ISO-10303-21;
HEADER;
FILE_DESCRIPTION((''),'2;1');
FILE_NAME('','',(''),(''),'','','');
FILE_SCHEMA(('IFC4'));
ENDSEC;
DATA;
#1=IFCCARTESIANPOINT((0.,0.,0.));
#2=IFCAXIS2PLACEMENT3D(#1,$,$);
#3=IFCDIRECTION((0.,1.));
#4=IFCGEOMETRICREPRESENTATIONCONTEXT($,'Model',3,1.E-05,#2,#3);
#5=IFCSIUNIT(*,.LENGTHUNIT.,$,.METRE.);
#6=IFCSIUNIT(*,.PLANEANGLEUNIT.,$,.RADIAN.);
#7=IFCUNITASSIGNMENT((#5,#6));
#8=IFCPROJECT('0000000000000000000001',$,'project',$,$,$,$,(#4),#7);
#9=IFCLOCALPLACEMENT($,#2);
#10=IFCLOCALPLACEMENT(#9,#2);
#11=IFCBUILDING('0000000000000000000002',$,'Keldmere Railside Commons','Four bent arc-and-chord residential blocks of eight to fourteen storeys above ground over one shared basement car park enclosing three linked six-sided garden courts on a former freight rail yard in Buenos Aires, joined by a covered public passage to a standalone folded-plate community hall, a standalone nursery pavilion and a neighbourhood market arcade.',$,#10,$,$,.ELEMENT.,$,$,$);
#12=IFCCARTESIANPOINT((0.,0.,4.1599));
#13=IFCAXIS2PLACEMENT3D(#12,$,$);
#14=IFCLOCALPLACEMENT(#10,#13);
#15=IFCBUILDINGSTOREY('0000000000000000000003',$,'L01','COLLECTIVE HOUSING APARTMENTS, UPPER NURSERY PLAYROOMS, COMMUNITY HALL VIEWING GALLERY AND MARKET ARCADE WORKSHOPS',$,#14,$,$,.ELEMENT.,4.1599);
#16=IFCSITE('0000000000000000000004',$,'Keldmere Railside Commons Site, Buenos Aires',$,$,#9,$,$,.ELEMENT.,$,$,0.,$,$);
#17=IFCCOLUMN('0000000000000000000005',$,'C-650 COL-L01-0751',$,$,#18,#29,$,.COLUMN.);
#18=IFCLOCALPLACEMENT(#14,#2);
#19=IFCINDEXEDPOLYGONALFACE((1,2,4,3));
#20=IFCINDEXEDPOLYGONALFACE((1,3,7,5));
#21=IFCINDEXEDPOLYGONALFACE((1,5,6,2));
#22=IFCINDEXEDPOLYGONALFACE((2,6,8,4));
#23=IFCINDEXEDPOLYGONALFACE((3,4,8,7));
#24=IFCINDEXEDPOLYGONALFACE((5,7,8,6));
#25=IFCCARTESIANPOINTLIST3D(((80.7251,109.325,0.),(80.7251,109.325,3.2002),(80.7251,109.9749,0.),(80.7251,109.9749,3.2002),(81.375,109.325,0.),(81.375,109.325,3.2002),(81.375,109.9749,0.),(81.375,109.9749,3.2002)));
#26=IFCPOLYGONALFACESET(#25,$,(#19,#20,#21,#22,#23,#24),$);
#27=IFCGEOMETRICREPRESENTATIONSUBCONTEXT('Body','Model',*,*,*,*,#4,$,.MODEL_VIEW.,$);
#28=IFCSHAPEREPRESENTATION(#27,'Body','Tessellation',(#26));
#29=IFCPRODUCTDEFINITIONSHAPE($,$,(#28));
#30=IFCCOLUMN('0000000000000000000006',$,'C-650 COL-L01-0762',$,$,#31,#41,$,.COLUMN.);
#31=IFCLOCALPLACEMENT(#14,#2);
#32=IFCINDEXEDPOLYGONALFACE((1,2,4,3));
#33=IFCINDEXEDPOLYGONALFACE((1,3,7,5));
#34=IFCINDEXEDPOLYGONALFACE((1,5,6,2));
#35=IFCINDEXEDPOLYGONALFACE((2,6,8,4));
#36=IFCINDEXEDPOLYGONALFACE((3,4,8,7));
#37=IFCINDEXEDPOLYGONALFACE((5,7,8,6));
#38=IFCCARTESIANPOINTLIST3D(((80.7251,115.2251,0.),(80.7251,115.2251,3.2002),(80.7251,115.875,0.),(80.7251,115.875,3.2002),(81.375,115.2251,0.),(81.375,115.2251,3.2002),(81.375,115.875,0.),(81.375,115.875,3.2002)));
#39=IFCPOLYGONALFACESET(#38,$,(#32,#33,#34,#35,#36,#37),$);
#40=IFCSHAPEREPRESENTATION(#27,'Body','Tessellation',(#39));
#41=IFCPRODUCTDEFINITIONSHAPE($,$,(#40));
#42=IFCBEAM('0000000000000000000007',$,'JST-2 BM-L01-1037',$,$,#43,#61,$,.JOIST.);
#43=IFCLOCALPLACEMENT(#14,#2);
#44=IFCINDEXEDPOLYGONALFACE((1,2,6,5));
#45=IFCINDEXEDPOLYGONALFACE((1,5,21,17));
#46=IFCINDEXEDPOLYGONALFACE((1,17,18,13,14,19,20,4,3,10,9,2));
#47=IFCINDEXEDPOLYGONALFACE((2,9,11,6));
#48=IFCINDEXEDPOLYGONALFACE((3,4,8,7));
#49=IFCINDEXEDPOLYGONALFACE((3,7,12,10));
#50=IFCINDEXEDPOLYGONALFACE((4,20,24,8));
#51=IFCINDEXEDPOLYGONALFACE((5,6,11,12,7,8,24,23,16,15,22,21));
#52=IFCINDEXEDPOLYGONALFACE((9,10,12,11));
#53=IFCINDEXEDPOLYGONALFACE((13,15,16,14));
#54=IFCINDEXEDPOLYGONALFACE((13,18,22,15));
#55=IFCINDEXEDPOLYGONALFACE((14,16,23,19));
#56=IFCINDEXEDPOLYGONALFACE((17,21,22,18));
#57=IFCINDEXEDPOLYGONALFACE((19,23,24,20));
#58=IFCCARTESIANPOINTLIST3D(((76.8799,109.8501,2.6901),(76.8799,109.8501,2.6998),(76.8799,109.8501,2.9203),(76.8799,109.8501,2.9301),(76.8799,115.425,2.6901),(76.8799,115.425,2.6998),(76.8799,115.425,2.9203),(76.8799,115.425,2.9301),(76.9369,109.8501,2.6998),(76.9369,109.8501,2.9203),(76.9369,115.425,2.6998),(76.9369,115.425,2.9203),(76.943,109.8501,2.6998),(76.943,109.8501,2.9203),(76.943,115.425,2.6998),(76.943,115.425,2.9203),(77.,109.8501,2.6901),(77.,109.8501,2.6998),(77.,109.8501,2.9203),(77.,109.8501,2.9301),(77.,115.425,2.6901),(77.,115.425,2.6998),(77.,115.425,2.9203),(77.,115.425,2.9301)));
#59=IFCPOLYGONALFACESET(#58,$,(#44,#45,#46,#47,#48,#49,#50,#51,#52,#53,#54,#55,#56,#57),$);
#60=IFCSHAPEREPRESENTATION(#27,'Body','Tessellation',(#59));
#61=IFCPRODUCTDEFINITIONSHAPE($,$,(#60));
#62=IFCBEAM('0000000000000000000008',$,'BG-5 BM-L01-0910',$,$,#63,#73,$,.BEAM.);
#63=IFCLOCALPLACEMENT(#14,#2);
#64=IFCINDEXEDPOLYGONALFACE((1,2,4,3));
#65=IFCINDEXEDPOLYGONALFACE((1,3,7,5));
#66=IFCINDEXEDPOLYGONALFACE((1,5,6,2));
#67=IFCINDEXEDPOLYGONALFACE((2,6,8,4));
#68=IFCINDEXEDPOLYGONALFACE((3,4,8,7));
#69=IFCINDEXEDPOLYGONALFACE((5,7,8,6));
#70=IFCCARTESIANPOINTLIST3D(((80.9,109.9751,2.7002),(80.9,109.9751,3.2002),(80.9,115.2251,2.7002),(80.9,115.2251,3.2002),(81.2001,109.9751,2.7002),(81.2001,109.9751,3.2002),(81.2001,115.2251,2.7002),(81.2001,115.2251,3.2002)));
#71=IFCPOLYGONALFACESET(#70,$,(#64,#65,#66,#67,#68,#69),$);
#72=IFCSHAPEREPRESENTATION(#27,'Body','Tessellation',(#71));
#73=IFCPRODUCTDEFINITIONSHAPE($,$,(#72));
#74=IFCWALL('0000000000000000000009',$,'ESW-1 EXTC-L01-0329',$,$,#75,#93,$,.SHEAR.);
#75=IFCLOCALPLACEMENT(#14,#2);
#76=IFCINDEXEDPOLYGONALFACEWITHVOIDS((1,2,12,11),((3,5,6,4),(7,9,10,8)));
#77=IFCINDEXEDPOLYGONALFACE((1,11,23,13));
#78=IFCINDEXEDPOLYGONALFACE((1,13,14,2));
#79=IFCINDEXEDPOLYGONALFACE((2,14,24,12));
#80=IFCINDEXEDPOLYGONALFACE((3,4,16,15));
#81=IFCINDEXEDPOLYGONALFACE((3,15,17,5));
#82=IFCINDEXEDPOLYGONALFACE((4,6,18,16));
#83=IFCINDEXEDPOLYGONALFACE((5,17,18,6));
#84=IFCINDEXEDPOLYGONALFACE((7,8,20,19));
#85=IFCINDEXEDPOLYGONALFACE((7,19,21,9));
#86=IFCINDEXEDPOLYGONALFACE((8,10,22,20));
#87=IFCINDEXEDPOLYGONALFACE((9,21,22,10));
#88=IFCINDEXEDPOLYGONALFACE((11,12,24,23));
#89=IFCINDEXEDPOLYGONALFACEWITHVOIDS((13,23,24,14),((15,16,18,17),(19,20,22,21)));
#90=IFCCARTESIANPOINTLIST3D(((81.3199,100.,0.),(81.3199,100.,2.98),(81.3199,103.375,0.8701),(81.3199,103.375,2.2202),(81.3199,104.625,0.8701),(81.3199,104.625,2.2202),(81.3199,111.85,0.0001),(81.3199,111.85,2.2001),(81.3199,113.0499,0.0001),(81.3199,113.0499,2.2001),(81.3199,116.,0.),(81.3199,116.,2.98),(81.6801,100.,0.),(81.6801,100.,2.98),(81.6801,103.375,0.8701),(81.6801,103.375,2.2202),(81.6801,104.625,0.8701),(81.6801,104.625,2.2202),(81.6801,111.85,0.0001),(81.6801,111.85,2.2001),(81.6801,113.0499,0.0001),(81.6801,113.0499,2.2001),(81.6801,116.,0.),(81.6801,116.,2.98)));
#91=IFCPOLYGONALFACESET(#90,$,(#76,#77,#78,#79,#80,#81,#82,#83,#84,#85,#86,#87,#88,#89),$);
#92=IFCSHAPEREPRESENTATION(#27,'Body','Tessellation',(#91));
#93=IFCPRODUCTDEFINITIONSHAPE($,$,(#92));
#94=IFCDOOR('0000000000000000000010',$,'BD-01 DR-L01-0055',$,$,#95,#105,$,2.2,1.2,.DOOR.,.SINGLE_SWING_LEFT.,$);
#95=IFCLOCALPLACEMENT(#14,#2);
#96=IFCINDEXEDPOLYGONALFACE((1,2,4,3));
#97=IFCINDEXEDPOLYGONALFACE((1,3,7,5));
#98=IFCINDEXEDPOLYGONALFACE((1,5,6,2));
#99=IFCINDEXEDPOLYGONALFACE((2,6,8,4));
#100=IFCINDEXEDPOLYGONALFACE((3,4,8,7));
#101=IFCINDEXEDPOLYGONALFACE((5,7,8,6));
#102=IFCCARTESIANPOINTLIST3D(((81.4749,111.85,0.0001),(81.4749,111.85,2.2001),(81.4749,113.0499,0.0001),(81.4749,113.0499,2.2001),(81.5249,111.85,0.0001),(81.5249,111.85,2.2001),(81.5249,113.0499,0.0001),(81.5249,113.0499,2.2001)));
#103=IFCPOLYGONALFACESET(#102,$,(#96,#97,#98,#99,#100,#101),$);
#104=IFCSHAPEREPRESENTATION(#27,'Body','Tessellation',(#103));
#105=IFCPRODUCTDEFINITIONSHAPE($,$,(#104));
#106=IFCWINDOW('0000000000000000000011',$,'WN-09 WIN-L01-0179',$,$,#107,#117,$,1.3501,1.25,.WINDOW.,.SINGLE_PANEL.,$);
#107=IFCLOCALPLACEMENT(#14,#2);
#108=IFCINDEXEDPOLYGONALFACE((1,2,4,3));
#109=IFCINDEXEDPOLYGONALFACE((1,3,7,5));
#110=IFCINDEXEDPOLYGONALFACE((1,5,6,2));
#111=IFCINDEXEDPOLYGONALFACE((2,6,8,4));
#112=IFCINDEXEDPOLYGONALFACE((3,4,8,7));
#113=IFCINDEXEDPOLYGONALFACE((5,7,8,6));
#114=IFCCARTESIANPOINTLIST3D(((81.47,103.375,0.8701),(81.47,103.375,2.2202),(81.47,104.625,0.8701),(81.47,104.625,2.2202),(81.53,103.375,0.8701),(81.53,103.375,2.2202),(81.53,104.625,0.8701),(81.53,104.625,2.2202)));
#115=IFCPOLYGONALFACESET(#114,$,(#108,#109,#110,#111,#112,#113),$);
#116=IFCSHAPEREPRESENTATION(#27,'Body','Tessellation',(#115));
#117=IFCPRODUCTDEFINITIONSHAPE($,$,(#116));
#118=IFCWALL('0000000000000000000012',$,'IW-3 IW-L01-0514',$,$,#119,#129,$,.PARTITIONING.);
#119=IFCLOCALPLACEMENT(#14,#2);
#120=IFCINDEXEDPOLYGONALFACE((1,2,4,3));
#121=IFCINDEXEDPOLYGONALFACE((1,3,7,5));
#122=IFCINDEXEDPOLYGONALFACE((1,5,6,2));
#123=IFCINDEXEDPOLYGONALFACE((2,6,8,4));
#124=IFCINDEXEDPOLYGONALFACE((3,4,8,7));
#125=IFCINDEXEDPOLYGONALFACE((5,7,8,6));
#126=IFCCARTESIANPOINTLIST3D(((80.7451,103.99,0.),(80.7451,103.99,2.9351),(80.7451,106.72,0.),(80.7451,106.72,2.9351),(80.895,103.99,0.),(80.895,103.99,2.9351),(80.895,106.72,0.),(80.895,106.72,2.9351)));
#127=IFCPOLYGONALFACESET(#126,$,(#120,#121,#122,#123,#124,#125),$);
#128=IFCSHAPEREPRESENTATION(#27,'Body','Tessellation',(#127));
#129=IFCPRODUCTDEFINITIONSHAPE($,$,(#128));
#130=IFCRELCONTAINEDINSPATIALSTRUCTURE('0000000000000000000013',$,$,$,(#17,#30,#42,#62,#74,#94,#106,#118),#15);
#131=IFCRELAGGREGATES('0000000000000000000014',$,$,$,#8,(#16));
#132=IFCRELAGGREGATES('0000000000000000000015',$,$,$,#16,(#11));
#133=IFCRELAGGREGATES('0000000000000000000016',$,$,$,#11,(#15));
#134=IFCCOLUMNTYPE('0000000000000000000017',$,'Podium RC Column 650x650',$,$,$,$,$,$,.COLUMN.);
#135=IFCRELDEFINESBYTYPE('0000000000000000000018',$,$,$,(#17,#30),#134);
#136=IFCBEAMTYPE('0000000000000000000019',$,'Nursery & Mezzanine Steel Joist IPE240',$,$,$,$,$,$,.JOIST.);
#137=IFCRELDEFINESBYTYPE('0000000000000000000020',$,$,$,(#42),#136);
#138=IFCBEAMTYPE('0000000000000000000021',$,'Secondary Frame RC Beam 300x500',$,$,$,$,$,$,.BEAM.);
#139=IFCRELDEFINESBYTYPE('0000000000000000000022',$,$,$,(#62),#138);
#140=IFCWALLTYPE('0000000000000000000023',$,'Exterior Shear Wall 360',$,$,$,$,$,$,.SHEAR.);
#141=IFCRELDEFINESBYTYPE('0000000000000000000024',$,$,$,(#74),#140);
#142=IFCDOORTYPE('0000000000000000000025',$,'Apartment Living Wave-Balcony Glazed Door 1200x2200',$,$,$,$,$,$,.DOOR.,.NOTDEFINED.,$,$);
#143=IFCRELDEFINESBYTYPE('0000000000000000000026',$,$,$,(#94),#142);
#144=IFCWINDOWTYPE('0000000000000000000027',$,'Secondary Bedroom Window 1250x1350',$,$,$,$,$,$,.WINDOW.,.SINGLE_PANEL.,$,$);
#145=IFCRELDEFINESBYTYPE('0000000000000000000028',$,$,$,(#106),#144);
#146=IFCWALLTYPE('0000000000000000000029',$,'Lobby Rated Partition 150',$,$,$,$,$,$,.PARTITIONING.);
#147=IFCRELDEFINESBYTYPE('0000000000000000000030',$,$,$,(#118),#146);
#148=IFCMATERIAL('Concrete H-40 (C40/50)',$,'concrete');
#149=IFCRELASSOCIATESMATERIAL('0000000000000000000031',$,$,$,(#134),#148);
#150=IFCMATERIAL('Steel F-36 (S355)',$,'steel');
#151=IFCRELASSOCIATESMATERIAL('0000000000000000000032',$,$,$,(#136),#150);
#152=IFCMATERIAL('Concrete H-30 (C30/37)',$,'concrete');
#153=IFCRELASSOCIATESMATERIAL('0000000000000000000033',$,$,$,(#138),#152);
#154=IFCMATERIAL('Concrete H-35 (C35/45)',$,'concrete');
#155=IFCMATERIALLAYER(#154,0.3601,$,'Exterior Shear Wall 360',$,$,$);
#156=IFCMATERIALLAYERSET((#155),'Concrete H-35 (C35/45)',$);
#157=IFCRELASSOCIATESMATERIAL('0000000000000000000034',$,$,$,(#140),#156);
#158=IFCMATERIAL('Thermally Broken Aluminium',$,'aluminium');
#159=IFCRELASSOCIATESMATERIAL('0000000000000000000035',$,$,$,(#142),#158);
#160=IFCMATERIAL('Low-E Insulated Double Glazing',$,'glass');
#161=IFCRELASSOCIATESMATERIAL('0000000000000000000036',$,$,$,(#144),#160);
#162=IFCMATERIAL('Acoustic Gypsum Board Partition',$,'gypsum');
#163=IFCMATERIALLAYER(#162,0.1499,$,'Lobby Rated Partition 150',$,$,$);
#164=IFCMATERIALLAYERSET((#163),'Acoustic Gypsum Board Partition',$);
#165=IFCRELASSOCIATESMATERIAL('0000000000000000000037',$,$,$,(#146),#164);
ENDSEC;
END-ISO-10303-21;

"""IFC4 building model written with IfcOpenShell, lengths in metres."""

from ifc_helpers import new_model, si_unit, direction, frame, frame_2d, origin, origin_2d, place, context, subcontext, project, spatial, rectangle, i_section, extrude, material, layer, layer_set, material_profile, profile_set, type_object, element, fill, save


model = new_model("IFC4")

# Units and contexts
model_context = context("Model", 3, precision=1e-05, world=origin(), true_north=direction((0.0, 1.0)))
body_context = subcontext(model_context, "Body", "Model", "MODEL_VIEW")
ifc_project = project(units=[si_unit("LENGTHUNIT", "METRE"), si_unit("PLANEANGLEUNIT", "RADIAN")], contexts=[model_context])

# Site, building, storey
site_placement = place(None, origin())
site = spatial("IfcSite", under=ifc_project, at=site_placement, Name="Keldmere Railside Commons Site, Buenos Aires", CompositionType="ELEMENT", RefElevation=0.0)
building_placement = place(site_placement, origin())
building = spatial("IfcBuilding", under=site, at=building_placement, Name="Keldmere Railside Commons", Description="Four bent arc-and-chord residential blocks of eight to fourteen storeys above ground over one shared basement car park enclosing three linked six-sided garden courts on a former freight rail yard in Buenos Aires, joined by a covered public passage to a standalone folded-plate community hall, a standalone nursery pavilion and a neighbourhood market arcade.", CompositionType="ELEMENT")
storey_placement = place(building_placement, frame((0.0, 0.0, 4.1599)))
storey = spatial("IfcBuildingStorey", under=building, at=storey_placement, Name="L01", Description="COLLECTIVE HOUSING APARTMENTS, UPPER NURSERY PLAYROOMS, COMMUNITY HALL VIEWING GALLERY AND MARKET ARCADE WORKSHOPS", CompositionType="ELEMENT", Elevation=4.1599)

# Columns
ifc_material_1 = material(Name="Concrete H-40 (C40/50)", Category="concrete")
ifc_material_profile_1 = material_profile(ifc_material_1, rectangle(XDim=0.6499, YDim=0.6499, at=origin_2d()), Name="RC-650x650")
ifc_profile_set_1 = profile_set([ifc_material_profile_1], Name="Concrete H-40 (C40/50)")
column_type = type_object("IfcColumnType", Name="Podium RC Column 650x650", PredefinedType="COLUMN", material=ifc_profile_set_1)
for number, where, z_axis, x_axis, name in (
    (1, (81.05, 109.6499, 0.0), (0.0, 0.0, 1.0), (1.0, 0.0, 0.0), "C-650 COL-L01-0751"),
    (2, (81.05, 115.55, 0.0), (0.0, 0.0, 1.0), (1.0, 0.0, 0.0), "C-650 COL-L01-0762"),
):
    element("IfcColumn", number, at=place(storey_placement, frame(where, z_axis=z_axis, x_axis=x_axis)), inside=storey, type_object=column_type, Name=name, PredefinedType="COLUMN", context=body_context, shape_type="SweptSolid", body=[
        extrude(rectangle(XDim=0.6499, YDim=0.6499, at=origin_2d()), origin(), (0.0, 0.0, 1.0), 3.2002),
    ])

# Beams
ifc_material_2 = material(Name="Steel F-36 (S355)", Category="steel")
ifc_material_profile_2 = material_profile(ifc_material_2, i_section(OverallWidth=0.1201, OverallDepth=0.24, WebThickness=0.0061, FlangeThickness=0.0098, at=origin_2d()), Name="IPE-240")
ifc_profile_set_2 = profile_set([ifc_material_profile_2], Name="Steel F-36 (S355)")
beam_type_1 = type_object("IfcBeamType", Name="Nursery & Mezzanine Steel Joist IPE240", PredefinedType="JOIST", material=ifc_profile_set_2)
beam_1_placement = place(storey_placement, frame((76.9399, 109.8501, 2.8101), z_axis=(0.0, 1.0, 0.0), x_axis=(-1.0, 0.0, 0.0)))
element("IfcBeam", 3, at=beam_1_placement, inside=storey, type_object=beam_type_1, Name="JST-2 BM-L01-1037", PredefinedType="JOIST", context=body_context, shape_type="SweptSolid", body=[
    extrude(i_section(OverallWidth=0.1201, OverallDepth=0.24, WebThickness=0.0061, FlangeThickness=0.0098, at=origin_2d()), origin(), (0.0, 0.0, 1.0), 5.575),
])
ifc_material_3 = material(Name="Concrete H-30 (C30/37)", Category="concrete")
ifc_material_profile_3 = material_profile(ifc_material_3, rectangle(XDim=0.3, YDim=0.5, at=origin_2d()), Name="RC-300x500")
ifc_profile_set_3 = profile_set([ifc_material_profile_3], Name="Concrete H-30 (C30/37)")
beam_type_2 = type_object("IfcBeamType", Name="Secondary Frame RC Beam 300x500", PredefinedType="BEAM", material=ifc_profile_set_3)
beam_2_placement = place(storey_placement, frame((81.05, 109.9751, 2.9502), z_axis=(0.0, 1.0, 0.0), x_axis=(-1.0, 0.0, 0.0)))
element("IfcBeam", 4, at=beam_2_placement, inside=storey, type_object=beam_type_2, Name="BG-5 BM-L01-0910", PredefinedType="BEAM", context=body_context, shape_type="SweptSolid", body=[
    extrude(rectangle(XDim=0.3, YDim=0.5, at=origin_2d()), origin(), (0.0, 0.0, 1.0), 5.25),
])

# Wall, openings, door, window
ifc_material_4 = material(Name="Concrete H-35 (C35/45)", Category="concrete")
ifc_layer_1 = layer(ifc_material_4, 0.3601, Name="Exterior Shear Wall 360")
ifc_layer_set_1 = layer_set([ifc_layer_1], Name="Concrete H-35 (C35/45)")
wall_type_1 = type_object("IfcWallType", Name="Exterior Shear Wall 360", PredefinedType="SHEAR", material=ifc_layer_set_1)
wall_1_placement = place(storey_placement, frame((81.5, 116.0, 0.0), z_axis=(0.0, 0.0, 1.0), x_axis=(0.0, -1.0, 0.0)))
wall_1 = element("IfcWall", 5, at=wall_1_placement, inside=storey, type_object=wall_type_1, Name="ESW-1 EXTC-L01-0329", PredefinedType="SHEAR", context=body_context, shape_type="SweptSolid", body=[
    extrude(rectangle(XDim=16.0, YDim=0.3601, at=frame_2d((8.0, 0.0))), origin(), (0.0, 0.0, 1.0), 2.98),
])
opening_1_placement = place(wall_1_placement, frame((2.95, 0.0, 0.0)))
opening_1 = element("IfcOpeningElement", 6, at=opening_1_placement, cuts=wall_1, PredefinedType="OPENING", context=body_context, shape_type="SweptSolid", body=[
    extrude(rectangle(XDim=1.2, YDim=2.2, at=frame_2d((0.6001, 1.1001))), frame((0.0, 0.1899, 0.0), z_axis=(0.0, -1.0, 0.0), x_axis=(1.0, 0.0, 0.0)), (0.0, 0.0, 1.0), 0.3801),
])
opening_2_placement = place(wall_1_placement, frame((11.375, 0.0, 0.8701)))
opening_2 = element("IfcOpeningElement", 7, at=opening_2_placement, cuts=wall_1, PredefinedType="OPENING", context=body_context, shape_type="SweptSolid", body=[
    extrude(rectangle(XDim=1.25, YDim=1.3501, at=frame_2d((0.625, 0.675))), frame((0.0, 0.1899, 0.0), z_axis=(0.0, -1.0, 0.0), x_axis=(1.0, 0.0, 0.0)), (0.0, 0.0, 1.0), 0.3801),
])
ifc_material_5 = material(Name="Thermally Broken Aluminium", Category="aluminium")
door_type_1 = type_object("IfcDoorType", Name="Apartment Living Wave-Balcony Glazed Door 1200x2200", OperationType="NOTDEFINED", PredefinedType="DOOR", material=ifc_material_5)
door_1_placement = place(opening_1_placement, origin())
door_1 = element("IfcDoor", 8, at=door_1_placement, inside=storey, type_object=door_type_1, Name="BD-01 DR-L01-0055", OperationType="SINGLE_SWING_LEFT", OverallHeight=2.2, OverallWidth=1.2, PredefinedType="DOOR", context=body_context, shape_type="SweptSolid", body=[
    extrude(rectangle(XDim=1.2, YDim=2.2, at=frame_2d((0.6001, 1.1001))), frame((0.0, 0.0249, 0.0), z_axis=(0.0, -1.0, 0.0), x_axis=(1.0, 0.0, 0.0)), (0.0, 0.0, 1.0), 0.05),
])
fill(opening_1, door_1)
ifc_material_6 = material(Name="Low-E Insulated Double Glazing", Category="glass")
window_type = type_object("IfcWindowType", Name="Secondary Bedroom Window 1250x1350", PartitioningType="SINGLE_PANEL", PredefinedType="WINDOW", material=ifc_material_6)
window_placement = place(opening_2_placement, origin())
window = element("IfcWindow", 9, at=window_placement, inside=storey, type_object=window_type, Name="WN-09 WIN-L01-0179", OverallHeight=1.3501, OverallWidth=1.25, PartitioningType="SINGLE_PANEL", PredefinedType="WINDOW", context=body_context, shape_type="SweptSolid", body=[
    extrude(rectangle(XDim=1.25, YDim=1.3501, at=frame_2d((0.625, 0.675))), frame((0.0, 0.03, 0.0), z_axis=(0.0, -1.0, 0.0), x_axis=(1.0, 0.0, 0.0)), (0.0, 0.0, 1.0), 0.0601),
])
fill(opening_2, window)

# Wall
ifc_material_7 = material(Name="Acoustic Gypsum Board Partition", Category="gypsum")
ifc_layer_2 = layer(ifc_material_7, 0.1499, Name="Lobby Rated Partition 150")
ifc_layer_set_2 = layer_set([ifc_layer_2], Name="Acoustic Gypsum Board Partition")
wall_type_2 = type_object("IfcWallType", Name="Lobby Rated Partition 150", PredefinedType="PARTITIONING", material=ifc_layer_set_2)
wall_2_placement = place(storey_placement, frame((80.8201, 103.99, 0.0), z_axis=(0.0, 0.0, 1.0), x_axis=(0.0, 1.0, 0.0)))
element("IfcWall", 10, at=wall_2_placement, inside=storey, type_object=wall_type_2, Name="IW-3 IW-L01-0514", PredefinedType="PARTITIONING", context=body_context, shape_type="SweptSolid", body=[
    extrude(rectangle(XDim=2.73, YDim=0.1499, at=frame_2d((1.365, 0.0))), origin(), (0.0, 0.0, 1.0), 2.9351),
])

save(model, "model.ifc")
